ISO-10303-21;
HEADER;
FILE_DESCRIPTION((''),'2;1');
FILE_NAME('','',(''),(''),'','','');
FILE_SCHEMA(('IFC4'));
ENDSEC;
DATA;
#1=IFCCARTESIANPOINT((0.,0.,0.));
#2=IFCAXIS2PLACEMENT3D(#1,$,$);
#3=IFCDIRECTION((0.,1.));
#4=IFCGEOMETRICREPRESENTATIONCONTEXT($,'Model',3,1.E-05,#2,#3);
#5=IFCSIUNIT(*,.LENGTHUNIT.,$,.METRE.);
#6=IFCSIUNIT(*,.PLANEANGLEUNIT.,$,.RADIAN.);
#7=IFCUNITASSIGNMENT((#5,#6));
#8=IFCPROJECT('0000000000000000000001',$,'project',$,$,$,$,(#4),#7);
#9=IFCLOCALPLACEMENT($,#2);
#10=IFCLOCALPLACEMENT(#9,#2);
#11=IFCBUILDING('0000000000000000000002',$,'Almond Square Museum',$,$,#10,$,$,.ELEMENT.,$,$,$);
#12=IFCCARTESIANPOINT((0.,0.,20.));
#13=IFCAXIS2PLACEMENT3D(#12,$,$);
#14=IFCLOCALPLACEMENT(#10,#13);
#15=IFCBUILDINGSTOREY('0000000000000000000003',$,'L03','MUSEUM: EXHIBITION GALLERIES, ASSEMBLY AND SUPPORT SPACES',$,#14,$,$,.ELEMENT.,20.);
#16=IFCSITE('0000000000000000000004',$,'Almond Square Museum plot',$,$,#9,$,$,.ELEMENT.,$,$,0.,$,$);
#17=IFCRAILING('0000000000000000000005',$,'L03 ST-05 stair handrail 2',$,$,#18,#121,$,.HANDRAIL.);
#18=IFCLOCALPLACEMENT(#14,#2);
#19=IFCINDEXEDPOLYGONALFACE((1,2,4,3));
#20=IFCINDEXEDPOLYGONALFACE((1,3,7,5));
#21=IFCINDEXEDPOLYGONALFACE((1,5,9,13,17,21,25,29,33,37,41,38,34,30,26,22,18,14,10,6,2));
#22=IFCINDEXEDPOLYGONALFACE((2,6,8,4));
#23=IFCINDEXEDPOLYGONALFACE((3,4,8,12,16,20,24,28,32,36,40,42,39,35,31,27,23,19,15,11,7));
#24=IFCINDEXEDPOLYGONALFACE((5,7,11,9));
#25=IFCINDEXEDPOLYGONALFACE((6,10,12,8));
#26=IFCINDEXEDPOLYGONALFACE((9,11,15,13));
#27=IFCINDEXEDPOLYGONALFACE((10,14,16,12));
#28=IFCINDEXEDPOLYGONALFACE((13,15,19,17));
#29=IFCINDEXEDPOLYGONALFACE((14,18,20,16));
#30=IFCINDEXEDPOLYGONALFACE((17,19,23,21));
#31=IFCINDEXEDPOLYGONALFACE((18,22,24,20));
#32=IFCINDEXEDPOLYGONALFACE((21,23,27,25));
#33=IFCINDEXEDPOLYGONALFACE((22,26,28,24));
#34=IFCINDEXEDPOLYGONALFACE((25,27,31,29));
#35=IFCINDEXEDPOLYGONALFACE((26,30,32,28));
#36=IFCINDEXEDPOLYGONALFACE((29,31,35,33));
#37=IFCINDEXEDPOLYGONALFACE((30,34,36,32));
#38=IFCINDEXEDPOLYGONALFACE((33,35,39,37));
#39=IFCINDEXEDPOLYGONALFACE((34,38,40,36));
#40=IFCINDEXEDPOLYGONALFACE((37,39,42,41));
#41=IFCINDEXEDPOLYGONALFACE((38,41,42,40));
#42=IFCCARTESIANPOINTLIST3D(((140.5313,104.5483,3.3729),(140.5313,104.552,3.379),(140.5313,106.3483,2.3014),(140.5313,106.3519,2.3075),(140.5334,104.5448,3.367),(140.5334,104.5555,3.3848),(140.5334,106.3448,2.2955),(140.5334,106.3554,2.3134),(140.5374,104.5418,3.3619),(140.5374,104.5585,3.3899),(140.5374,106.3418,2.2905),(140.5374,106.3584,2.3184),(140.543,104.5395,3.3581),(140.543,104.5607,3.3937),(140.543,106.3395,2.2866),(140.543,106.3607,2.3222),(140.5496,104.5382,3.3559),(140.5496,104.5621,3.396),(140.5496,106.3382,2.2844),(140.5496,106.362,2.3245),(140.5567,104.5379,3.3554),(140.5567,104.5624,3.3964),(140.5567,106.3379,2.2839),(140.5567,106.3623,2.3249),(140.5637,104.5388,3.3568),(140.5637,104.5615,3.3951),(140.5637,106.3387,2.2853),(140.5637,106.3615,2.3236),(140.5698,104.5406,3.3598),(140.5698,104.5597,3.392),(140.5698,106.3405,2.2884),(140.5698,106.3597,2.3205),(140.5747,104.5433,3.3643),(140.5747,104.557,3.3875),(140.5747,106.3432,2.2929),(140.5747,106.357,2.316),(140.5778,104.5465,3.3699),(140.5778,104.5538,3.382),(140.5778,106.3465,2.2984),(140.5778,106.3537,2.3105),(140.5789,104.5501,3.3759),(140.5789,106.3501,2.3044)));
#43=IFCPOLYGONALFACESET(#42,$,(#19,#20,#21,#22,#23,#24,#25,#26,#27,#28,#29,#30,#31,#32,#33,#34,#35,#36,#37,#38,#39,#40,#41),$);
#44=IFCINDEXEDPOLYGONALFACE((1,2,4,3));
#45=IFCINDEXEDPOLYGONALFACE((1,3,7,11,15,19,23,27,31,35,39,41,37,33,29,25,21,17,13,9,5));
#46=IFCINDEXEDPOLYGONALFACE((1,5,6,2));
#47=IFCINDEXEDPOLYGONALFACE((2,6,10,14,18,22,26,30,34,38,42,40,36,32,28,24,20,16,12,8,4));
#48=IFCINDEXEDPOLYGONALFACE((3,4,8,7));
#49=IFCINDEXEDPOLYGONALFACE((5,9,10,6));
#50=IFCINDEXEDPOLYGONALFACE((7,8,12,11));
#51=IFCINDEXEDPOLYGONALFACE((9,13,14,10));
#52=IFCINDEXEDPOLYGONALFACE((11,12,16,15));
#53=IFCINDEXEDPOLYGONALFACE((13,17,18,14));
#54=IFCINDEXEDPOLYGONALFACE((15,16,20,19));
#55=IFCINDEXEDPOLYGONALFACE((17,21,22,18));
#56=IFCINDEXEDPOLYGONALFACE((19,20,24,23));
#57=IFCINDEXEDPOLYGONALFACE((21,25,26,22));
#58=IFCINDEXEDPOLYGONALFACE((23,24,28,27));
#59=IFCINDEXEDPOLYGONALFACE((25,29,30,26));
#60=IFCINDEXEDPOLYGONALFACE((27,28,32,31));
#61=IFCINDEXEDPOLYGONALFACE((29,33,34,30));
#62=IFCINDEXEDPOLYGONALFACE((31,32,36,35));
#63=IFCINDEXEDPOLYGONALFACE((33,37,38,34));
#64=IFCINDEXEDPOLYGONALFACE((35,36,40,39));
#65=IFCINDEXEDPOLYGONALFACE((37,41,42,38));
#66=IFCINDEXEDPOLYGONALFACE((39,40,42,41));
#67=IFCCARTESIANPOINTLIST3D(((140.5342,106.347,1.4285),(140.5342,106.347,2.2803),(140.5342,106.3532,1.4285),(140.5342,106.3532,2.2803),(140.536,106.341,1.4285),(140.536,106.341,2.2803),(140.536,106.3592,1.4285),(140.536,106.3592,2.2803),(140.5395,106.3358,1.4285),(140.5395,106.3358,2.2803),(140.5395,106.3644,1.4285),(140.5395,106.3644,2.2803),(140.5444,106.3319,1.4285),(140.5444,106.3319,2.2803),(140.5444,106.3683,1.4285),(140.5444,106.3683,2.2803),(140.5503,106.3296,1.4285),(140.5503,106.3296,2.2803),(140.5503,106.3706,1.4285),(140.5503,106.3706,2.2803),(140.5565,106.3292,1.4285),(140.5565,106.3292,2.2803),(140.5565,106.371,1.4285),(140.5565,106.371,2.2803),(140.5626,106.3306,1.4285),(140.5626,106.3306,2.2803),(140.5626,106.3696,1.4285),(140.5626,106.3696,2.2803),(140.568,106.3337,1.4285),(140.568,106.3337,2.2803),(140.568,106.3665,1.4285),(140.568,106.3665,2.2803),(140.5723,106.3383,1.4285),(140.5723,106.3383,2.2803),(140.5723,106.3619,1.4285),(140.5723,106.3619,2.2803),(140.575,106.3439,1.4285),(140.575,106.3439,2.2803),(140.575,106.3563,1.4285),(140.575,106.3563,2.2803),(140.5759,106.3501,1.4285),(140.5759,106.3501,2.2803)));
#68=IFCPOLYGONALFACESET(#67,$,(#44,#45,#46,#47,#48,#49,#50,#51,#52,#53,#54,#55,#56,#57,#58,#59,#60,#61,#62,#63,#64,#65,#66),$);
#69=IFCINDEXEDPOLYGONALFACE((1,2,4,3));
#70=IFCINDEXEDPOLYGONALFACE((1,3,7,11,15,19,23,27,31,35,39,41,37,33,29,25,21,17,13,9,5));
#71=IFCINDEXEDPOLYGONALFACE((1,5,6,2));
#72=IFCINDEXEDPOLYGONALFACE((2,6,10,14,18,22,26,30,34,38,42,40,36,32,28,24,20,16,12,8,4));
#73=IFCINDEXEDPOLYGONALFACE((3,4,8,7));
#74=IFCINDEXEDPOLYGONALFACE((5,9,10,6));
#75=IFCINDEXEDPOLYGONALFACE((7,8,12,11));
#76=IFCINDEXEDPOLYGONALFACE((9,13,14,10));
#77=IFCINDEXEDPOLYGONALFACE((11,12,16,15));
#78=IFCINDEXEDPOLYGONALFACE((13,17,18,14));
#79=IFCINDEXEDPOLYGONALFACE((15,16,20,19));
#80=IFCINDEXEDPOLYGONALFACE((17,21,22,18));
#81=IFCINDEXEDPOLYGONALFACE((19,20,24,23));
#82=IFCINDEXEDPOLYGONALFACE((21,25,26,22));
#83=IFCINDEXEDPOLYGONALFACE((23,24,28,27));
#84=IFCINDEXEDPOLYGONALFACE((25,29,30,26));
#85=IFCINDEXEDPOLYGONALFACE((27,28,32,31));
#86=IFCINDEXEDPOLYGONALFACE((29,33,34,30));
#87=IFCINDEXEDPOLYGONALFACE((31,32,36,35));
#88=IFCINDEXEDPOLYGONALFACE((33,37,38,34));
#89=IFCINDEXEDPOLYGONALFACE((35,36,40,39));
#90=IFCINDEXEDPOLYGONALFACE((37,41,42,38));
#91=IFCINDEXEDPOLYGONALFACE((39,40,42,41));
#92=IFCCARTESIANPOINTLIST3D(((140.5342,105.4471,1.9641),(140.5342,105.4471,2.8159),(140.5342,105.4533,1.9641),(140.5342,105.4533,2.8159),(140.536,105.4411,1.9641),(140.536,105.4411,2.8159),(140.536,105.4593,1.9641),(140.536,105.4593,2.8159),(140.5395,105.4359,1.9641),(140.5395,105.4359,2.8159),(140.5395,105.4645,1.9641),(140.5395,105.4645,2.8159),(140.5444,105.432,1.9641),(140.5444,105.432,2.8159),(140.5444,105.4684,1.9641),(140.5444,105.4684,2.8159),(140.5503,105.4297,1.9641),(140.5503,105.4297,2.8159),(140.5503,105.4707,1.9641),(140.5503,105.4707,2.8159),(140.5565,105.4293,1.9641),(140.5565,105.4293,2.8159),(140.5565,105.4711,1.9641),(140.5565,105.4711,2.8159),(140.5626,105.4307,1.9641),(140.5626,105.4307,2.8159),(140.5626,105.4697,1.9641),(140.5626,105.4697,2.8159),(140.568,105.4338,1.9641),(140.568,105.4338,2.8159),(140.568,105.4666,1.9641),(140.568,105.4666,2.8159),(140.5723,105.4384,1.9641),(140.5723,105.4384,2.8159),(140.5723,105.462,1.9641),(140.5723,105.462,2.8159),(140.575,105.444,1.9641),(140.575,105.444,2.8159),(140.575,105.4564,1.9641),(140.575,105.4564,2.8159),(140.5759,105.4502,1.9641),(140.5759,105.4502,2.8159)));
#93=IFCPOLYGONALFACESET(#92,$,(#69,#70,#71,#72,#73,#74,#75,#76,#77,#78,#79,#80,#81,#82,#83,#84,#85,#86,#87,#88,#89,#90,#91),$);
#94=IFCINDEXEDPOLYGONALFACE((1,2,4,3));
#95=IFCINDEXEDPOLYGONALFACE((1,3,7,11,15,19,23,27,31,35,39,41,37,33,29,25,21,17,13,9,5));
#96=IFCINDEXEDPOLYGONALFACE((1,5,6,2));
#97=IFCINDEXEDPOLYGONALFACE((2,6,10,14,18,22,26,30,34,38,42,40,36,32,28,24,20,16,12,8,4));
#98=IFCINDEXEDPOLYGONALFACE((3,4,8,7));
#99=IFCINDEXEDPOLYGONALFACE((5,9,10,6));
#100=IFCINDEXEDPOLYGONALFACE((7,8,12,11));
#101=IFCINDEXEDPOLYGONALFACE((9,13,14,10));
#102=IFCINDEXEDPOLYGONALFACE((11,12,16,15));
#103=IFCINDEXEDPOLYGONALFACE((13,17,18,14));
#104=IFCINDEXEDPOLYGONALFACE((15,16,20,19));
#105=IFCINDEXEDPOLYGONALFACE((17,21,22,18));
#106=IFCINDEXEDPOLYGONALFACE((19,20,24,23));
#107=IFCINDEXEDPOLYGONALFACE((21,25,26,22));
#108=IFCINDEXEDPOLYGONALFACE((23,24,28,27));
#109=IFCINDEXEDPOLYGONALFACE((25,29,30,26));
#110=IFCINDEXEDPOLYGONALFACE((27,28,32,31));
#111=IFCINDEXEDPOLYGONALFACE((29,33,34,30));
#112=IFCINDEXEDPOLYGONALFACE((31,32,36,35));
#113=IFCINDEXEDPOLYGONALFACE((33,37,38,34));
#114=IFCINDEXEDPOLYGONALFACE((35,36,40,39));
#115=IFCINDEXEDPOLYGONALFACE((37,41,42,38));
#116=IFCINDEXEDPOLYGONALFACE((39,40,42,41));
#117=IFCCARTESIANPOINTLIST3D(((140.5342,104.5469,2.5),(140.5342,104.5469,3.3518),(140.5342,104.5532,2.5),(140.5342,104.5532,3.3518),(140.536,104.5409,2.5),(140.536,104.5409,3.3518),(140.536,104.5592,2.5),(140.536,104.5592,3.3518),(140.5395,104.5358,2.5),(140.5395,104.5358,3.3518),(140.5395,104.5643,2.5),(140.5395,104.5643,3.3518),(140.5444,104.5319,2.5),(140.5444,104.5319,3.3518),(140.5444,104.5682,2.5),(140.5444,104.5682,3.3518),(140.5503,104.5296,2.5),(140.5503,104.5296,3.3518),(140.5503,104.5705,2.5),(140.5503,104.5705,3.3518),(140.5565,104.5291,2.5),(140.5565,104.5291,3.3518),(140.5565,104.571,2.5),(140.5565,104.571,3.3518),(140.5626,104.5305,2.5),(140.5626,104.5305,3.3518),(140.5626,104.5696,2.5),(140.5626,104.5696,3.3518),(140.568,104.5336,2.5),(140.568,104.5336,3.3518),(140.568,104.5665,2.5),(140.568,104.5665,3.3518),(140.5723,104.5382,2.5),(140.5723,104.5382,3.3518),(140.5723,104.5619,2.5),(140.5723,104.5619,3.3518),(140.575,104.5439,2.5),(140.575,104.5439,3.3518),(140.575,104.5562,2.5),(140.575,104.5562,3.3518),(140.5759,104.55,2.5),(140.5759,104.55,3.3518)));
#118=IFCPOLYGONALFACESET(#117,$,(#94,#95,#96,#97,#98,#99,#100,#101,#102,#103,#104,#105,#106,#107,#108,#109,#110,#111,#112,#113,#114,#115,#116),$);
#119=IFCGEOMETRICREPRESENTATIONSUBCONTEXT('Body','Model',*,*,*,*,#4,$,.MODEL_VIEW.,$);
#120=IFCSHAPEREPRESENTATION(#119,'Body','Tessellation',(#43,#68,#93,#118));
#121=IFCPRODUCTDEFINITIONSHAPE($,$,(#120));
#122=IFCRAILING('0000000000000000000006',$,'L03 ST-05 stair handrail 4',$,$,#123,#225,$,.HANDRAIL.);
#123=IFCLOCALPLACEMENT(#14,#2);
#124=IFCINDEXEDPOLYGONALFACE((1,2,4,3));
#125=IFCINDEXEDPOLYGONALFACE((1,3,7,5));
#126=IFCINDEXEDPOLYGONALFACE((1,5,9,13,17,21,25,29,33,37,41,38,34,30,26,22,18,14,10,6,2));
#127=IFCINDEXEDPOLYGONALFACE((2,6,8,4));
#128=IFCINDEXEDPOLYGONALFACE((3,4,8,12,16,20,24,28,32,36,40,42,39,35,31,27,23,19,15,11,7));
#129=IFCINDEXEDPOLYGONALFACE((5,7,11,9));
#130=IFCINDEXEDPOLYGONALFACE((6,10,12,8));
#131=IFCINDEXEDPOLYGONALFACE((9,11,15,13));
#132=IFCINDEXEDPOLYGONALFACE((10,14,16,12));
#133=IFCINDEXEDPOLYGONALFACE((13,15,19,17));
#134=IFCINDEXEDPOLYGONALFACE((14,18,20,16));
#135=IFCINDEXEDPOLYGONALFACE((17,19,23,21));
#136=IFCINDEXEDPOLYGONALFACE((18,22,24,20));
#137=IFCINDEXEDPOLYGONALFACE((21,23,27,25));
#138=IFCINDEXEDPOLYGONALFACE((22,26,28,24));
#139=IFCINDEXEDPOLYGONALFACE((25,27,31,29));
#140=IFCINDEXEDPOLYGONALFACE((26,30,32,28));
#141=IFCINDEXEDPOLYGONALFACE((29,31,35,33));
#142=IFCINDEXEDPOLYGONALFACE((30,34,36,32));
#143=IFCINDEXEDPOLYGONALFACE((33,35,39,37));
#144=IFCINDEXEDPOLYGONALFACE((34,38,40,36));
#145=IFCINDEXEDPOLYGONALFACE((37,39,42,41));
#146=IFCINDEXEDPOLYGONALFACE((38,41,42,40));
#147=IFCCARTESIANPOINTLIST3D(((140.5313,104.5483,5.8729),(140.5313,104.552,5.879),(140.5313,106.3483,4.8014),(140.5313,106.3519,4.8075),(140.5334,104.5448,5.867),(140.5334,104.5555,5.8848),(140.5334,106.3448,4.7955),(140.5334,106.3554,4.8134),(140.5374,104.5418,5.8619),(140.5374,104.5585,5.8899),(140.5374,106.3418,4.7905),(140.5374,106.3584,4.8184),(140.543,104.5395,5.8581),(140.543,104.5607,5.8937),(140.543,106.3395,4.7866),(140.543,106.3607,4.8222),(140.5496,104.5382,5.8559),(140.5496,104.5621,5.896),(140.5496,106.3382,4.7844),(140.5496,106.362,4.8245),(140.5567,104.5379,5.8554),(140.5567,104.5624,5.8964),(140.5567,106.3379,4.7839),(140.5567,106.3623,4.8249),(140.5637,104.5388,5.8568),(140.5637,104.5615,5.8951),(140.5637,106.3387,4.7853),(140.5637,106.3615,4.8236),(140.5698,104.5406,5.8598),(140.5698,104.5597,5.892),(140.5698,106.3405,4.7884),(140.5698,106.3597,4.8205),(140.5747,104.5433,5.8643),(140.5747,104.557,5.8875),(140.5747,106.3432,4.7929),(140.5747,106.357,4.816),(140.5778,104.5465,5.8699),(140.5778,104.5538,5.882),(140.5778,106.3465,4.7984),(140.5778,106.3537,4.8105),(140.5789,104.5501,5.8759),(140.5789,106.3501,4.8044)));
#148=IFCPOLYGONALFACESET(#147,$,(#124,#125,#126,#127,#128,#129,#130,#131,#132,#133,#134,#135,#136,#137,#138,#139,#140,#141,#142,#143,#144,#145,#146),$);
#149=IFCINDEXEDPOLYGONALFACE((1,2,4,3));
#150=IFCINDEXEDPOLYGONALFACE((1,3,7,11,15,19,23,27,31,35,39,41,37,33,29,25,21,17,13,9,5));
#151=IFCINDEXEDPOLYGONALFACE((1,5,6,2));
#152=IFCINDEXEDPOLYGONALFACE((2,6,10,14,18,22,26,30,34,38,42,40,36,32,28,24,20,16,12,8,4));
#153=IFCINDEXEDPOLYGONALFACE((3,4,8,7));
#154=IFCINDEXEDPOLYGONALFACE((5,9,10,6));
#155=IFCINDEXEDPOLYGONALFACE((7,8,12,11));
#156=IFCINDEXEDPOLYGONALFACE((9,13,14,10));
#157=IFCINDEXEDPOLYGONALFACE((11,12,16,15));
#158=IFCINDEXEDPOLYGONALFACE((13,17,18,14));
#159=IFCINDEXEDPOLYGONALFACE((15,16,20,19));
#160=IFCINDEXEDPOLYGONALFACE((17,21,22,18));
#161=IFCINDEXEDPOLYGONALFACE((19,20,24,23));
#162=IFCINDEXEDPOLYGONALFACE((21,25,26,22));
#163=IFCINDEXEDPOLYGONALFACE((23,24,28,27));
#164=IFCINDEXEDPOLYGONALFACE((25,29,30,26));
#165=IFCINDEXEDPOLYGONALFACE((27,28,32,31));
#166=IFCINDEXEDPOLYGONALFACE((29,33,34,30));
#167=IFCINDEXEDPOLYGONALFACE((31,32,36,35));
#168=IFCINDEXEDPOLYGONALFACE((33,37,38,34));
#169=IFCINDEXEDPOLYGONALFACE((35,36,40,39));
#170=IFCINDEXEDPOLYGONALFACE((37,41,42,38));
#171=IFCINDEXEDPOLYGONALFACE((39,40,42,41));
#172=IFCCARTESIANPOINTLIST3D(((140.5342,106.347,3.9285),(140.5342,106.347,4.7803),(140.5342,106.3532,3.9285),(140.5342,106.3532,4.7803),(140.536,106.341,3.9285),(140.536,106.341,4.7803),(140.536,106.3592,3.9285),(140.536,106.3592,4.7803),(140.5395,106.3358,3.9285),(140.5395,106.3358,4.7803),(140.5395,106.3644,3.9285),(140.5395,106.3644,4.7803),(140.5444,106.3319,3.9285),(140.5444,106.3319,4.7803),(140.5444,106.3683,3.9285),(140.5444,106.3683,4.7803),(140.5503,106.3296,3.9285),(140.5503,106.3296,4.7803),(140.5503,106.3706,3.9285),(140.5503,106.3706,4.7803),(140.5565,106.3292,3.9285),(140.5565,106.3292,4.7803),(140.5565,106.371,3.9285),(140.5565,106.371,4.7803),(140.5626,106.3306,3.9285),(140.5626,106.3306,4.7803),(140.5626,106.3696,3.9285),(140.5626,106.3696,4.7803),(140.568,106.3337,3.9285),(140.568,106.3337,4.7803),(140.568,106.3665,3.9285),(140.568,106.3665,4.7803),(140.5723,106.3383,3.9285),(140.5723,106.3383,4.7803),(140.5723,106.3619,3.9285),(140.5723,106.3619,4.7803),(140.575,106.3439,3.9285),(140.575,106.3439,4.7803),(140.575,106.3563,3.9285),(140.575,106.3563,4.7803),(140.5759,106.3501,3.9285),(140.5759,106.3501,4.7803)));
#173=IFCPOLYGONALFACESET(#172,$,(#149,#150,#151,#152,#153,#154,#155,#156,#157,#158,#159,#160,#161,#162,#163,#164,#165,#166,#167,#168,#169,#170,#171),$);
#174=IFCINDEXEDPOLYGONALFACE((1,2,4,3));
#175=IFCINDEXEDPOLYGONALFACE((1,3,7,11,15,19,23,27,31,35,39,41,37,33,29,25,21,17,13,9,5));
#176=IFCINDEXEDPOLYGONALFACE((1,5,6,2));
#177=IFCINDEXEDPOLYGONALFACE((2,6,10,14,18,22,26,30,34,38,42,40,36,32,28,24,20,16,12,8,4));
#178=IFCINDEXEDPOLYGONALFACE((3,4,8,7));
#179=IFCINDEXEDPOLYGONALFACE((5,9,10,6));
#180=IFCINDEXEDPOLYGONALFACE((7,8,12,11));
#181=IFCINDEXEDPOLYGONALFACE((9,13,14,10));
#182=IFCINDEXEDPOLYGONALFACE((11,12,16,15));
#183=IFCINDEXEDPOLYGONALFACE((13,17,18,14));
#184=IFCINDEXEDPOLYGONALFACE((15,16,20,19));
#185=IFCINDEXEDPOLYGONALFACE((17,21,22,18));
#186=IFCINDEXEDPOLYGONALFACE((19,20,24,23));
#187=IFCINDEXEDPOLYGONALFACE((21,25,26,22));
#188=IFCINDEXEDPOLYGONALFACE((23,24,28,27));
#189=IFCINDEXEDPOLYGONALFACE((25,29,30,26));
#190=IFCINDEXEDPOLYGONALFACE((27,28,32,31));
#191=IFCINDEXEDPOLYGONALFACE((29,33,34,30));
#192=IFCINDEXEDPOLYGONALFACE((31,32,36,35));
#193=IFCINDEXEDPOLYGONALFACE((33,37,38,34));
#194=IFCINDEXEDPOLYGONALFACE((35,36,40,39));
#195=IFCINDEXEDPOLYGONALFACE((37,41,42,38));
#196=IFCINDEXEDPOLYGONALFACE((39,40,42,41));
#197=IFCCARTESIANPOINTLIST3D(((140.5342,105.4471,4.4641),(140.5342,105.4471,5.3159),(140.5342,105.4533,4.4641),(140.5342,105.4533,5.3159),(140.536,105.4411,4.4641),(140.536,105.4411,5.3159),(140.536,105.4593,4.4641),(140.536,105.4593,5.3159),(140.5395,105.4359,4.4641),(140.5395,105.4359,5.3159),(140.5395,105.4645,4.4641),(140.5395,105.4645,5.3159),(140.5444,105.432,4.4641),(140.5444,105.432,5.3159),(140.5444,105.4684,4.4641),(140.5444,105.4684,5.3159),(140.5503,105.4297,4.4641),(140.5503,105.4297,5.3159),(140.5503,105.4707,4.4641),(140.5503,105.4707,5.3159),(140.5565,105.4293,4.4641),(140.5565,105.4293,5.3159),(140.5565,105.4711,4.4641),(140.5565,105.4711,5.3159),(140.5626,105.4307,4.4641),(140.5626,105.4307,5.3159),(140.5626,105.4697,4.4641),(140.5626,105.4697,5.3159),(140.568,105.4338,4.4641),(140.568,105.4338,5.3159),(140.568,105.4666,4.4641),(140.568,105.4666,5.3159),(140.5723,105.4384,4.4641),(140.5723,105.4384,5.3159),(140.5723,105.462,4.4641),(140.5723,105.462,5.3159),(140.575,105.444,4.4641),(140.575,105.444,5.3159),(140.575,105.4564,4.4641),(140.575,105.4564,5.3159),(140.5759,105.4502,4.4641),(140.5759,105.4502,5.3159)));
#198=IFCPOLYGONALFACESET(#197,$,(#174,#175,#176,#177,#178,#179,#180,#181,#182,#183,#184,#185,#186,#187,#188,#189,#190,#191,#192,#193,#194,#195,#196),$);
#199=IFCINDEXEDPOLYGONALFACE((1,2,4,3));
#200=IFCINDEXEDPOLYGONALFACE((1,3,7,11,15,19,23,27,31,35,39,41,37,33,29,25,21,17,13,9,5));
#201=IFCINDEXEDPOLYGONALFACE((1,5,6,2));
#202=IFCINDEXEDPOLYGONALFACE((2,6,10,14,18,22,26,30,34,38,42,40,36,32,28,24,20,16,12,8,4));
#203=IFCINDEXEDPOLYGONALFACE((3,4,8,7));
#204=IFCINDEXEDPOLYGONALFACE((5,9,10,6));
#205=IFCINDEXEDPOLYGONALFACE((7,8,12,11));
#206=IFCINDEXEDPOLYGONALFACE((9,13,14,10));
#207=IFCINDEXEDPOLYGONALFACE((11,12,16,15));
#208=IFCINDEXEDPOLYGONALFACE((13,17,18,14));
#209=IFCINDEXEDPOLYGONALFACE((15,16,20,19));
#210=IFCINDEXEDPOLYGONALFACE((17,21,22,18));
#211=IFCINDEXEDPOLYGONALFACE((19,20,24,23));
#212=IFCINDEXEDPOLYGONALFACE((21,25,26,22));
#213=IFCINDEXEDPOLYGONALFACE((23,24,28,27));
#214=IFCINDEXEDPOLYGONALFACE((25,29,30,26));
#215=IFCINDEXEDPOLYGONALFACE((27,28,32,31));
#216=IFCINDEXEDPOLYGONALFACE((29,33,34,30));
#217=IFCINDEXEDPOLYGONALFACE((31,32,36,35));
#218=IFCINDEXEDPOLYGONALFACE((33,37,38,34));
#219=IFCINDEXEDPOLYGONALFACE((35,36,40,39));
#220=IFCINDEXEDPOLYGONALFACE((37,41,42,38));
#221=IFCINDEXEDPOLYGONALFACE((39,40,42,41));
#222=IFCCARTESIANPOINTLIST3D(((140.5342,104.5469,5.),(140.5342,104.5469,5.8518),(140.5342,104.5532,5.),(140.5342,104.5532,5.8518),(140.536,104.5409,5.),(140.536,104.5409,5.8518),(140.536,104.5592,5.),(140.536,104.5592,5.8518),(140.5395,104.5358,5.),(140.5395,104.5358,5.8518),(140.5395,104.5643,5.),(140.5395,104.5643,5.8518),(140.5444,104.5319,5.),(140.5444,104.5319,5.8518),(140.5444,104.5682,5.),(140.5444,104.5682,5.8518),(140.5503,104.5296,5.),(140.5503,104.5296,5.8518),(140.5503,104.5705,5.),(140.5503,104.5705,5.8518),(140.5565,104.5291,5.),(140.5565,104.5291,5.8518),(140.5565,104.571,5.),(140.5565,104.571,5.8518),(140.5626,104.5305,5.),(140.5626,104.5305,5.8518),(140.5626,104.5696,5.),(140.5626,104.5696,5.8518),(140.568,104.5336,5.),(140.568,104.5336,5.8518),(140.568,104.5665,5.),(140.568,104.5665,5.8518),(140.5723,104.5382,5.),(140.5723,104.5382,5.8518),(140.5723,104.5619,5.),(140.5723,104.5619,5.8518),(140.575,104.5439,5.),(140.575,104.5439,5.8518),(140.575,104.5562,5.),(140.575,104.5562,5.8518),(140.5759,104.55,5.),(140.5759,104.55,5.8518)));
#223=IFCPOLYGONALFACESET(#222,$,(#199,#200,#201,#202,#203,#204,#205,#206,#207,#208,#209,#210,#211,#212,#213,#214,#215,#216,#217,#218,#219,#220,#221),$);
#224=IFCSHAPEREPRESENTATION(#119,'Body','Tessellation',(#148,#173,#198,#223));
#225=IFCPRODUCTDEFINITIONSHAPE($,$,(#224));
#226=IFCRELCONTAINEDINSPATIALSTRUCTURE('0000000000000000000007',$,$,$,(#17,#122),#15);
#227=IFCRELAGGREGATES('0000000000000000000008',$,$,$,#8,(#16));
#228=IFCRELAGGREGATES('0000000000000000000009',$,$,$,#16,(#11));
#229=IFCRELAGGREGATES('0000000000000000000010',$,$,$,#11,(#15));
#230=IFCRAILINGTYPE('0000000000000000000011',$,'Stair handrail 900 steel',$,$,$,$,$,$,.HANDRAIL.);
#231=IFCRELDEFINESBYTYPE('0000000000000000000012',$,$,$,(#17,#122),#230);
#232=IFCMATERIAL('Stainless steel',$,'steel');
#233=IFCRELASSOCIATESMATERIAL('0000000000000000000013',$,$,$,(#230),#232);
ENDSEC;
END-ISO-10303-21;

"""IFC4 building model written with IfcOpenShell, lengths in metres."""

from ifc_helpers import new_model, si_unit, direction, frame, origin, origin_2d, place, context, subcontext, project, spatial, circle, extrude, material, type_object, element, save


model = new_model("IFC4")

# Units and contexts
model_context = context("Model", 3, precision=1e-05, world=origin(), true_north=direction((0.0, 1.0)))
body_context = subcontext(model_context, "Body", "Model", "MODEL_VIEW")
ifc_project = project(units=[si_unit("LENGTHUNIT", "METRE"), si_unit("PLANEANGLEUNIT", "RADIAN")], contexts=[model_context])

# Site, building, storey
site_placement = place(None, origin())
site = spatial("IfcSite", under=ifc_project, at=site_placement, Name="Almond Square Museum plot", CompositionType="ELEMENT", RefElevation=0.0)
building_placement = place(site_placement, origin())
building = spatial("IfcBuilding", under=site, at=building_placement, Name="Almond Square Museum", CompositionType="ELEMENT")
storey_placement = place(building_placement, frame((0.0, 0.0, 20.0)))
storey = spatial("IfcBuildingStorey", under=building, at=storey_placement, Name="L03", Description="MUSEUM: EXHIBITION GALLERIES, ASSEMBLY AND SUPPORT SPACES", CompositionType="ELEMENT", Elevation=20.0)

# Railings
ifc_material_1 = material(Name="Stainless steel", Category="steel")
railing_type_1 = type_object("IfcRailingType", Name="Stair handrail 900 steel", PredefinedType="HANDRAIL", material=ifc_material_1)
for number, where, name in (
    (1, (140.5549, 106.3501, 1.4285), "L03 ST-05 stair handrail 2"),
    (2, (140.5549, 106.3501, 3.9285), "L03 ST-05 stair handrail 4"),
):
    element("IfcRailing", number, at=place(storey_placement, frame(where)), inside=storey, type_object=railing_type_1, Name=name, PredefinedType="HANDRAIL", context=body_context, shape_type="SweptSolid", body=[
        extrude(circle(Radius=0.0239, at=origin_2d()), frame((0.0, 0.0, 0.876), z_axis=(0.0, -0.859277, 0.51151), x_axis=(1.0, 0.0, 0.0)), (0.0, 0.0, 1.0), 2.0947),
        extrude(circle(Radius=0.021, at=origin_2d()), origin(), (0.0, 0.0, 1.0), 0.8518),
        extrude(circle(Radius=0.021, at=origin_2d()), frame((0.0, -0.8999, 0.5356)), (0.0, 0.0, 1.0), 0.8518),
        extrude(circle(Radius=0.021, at=origin_2d()), frame((0.0, -1.8, 1.0715)), (0.0, 0.0, 1.0), 0.8518),
    ])

save(model, "model.ifc")
